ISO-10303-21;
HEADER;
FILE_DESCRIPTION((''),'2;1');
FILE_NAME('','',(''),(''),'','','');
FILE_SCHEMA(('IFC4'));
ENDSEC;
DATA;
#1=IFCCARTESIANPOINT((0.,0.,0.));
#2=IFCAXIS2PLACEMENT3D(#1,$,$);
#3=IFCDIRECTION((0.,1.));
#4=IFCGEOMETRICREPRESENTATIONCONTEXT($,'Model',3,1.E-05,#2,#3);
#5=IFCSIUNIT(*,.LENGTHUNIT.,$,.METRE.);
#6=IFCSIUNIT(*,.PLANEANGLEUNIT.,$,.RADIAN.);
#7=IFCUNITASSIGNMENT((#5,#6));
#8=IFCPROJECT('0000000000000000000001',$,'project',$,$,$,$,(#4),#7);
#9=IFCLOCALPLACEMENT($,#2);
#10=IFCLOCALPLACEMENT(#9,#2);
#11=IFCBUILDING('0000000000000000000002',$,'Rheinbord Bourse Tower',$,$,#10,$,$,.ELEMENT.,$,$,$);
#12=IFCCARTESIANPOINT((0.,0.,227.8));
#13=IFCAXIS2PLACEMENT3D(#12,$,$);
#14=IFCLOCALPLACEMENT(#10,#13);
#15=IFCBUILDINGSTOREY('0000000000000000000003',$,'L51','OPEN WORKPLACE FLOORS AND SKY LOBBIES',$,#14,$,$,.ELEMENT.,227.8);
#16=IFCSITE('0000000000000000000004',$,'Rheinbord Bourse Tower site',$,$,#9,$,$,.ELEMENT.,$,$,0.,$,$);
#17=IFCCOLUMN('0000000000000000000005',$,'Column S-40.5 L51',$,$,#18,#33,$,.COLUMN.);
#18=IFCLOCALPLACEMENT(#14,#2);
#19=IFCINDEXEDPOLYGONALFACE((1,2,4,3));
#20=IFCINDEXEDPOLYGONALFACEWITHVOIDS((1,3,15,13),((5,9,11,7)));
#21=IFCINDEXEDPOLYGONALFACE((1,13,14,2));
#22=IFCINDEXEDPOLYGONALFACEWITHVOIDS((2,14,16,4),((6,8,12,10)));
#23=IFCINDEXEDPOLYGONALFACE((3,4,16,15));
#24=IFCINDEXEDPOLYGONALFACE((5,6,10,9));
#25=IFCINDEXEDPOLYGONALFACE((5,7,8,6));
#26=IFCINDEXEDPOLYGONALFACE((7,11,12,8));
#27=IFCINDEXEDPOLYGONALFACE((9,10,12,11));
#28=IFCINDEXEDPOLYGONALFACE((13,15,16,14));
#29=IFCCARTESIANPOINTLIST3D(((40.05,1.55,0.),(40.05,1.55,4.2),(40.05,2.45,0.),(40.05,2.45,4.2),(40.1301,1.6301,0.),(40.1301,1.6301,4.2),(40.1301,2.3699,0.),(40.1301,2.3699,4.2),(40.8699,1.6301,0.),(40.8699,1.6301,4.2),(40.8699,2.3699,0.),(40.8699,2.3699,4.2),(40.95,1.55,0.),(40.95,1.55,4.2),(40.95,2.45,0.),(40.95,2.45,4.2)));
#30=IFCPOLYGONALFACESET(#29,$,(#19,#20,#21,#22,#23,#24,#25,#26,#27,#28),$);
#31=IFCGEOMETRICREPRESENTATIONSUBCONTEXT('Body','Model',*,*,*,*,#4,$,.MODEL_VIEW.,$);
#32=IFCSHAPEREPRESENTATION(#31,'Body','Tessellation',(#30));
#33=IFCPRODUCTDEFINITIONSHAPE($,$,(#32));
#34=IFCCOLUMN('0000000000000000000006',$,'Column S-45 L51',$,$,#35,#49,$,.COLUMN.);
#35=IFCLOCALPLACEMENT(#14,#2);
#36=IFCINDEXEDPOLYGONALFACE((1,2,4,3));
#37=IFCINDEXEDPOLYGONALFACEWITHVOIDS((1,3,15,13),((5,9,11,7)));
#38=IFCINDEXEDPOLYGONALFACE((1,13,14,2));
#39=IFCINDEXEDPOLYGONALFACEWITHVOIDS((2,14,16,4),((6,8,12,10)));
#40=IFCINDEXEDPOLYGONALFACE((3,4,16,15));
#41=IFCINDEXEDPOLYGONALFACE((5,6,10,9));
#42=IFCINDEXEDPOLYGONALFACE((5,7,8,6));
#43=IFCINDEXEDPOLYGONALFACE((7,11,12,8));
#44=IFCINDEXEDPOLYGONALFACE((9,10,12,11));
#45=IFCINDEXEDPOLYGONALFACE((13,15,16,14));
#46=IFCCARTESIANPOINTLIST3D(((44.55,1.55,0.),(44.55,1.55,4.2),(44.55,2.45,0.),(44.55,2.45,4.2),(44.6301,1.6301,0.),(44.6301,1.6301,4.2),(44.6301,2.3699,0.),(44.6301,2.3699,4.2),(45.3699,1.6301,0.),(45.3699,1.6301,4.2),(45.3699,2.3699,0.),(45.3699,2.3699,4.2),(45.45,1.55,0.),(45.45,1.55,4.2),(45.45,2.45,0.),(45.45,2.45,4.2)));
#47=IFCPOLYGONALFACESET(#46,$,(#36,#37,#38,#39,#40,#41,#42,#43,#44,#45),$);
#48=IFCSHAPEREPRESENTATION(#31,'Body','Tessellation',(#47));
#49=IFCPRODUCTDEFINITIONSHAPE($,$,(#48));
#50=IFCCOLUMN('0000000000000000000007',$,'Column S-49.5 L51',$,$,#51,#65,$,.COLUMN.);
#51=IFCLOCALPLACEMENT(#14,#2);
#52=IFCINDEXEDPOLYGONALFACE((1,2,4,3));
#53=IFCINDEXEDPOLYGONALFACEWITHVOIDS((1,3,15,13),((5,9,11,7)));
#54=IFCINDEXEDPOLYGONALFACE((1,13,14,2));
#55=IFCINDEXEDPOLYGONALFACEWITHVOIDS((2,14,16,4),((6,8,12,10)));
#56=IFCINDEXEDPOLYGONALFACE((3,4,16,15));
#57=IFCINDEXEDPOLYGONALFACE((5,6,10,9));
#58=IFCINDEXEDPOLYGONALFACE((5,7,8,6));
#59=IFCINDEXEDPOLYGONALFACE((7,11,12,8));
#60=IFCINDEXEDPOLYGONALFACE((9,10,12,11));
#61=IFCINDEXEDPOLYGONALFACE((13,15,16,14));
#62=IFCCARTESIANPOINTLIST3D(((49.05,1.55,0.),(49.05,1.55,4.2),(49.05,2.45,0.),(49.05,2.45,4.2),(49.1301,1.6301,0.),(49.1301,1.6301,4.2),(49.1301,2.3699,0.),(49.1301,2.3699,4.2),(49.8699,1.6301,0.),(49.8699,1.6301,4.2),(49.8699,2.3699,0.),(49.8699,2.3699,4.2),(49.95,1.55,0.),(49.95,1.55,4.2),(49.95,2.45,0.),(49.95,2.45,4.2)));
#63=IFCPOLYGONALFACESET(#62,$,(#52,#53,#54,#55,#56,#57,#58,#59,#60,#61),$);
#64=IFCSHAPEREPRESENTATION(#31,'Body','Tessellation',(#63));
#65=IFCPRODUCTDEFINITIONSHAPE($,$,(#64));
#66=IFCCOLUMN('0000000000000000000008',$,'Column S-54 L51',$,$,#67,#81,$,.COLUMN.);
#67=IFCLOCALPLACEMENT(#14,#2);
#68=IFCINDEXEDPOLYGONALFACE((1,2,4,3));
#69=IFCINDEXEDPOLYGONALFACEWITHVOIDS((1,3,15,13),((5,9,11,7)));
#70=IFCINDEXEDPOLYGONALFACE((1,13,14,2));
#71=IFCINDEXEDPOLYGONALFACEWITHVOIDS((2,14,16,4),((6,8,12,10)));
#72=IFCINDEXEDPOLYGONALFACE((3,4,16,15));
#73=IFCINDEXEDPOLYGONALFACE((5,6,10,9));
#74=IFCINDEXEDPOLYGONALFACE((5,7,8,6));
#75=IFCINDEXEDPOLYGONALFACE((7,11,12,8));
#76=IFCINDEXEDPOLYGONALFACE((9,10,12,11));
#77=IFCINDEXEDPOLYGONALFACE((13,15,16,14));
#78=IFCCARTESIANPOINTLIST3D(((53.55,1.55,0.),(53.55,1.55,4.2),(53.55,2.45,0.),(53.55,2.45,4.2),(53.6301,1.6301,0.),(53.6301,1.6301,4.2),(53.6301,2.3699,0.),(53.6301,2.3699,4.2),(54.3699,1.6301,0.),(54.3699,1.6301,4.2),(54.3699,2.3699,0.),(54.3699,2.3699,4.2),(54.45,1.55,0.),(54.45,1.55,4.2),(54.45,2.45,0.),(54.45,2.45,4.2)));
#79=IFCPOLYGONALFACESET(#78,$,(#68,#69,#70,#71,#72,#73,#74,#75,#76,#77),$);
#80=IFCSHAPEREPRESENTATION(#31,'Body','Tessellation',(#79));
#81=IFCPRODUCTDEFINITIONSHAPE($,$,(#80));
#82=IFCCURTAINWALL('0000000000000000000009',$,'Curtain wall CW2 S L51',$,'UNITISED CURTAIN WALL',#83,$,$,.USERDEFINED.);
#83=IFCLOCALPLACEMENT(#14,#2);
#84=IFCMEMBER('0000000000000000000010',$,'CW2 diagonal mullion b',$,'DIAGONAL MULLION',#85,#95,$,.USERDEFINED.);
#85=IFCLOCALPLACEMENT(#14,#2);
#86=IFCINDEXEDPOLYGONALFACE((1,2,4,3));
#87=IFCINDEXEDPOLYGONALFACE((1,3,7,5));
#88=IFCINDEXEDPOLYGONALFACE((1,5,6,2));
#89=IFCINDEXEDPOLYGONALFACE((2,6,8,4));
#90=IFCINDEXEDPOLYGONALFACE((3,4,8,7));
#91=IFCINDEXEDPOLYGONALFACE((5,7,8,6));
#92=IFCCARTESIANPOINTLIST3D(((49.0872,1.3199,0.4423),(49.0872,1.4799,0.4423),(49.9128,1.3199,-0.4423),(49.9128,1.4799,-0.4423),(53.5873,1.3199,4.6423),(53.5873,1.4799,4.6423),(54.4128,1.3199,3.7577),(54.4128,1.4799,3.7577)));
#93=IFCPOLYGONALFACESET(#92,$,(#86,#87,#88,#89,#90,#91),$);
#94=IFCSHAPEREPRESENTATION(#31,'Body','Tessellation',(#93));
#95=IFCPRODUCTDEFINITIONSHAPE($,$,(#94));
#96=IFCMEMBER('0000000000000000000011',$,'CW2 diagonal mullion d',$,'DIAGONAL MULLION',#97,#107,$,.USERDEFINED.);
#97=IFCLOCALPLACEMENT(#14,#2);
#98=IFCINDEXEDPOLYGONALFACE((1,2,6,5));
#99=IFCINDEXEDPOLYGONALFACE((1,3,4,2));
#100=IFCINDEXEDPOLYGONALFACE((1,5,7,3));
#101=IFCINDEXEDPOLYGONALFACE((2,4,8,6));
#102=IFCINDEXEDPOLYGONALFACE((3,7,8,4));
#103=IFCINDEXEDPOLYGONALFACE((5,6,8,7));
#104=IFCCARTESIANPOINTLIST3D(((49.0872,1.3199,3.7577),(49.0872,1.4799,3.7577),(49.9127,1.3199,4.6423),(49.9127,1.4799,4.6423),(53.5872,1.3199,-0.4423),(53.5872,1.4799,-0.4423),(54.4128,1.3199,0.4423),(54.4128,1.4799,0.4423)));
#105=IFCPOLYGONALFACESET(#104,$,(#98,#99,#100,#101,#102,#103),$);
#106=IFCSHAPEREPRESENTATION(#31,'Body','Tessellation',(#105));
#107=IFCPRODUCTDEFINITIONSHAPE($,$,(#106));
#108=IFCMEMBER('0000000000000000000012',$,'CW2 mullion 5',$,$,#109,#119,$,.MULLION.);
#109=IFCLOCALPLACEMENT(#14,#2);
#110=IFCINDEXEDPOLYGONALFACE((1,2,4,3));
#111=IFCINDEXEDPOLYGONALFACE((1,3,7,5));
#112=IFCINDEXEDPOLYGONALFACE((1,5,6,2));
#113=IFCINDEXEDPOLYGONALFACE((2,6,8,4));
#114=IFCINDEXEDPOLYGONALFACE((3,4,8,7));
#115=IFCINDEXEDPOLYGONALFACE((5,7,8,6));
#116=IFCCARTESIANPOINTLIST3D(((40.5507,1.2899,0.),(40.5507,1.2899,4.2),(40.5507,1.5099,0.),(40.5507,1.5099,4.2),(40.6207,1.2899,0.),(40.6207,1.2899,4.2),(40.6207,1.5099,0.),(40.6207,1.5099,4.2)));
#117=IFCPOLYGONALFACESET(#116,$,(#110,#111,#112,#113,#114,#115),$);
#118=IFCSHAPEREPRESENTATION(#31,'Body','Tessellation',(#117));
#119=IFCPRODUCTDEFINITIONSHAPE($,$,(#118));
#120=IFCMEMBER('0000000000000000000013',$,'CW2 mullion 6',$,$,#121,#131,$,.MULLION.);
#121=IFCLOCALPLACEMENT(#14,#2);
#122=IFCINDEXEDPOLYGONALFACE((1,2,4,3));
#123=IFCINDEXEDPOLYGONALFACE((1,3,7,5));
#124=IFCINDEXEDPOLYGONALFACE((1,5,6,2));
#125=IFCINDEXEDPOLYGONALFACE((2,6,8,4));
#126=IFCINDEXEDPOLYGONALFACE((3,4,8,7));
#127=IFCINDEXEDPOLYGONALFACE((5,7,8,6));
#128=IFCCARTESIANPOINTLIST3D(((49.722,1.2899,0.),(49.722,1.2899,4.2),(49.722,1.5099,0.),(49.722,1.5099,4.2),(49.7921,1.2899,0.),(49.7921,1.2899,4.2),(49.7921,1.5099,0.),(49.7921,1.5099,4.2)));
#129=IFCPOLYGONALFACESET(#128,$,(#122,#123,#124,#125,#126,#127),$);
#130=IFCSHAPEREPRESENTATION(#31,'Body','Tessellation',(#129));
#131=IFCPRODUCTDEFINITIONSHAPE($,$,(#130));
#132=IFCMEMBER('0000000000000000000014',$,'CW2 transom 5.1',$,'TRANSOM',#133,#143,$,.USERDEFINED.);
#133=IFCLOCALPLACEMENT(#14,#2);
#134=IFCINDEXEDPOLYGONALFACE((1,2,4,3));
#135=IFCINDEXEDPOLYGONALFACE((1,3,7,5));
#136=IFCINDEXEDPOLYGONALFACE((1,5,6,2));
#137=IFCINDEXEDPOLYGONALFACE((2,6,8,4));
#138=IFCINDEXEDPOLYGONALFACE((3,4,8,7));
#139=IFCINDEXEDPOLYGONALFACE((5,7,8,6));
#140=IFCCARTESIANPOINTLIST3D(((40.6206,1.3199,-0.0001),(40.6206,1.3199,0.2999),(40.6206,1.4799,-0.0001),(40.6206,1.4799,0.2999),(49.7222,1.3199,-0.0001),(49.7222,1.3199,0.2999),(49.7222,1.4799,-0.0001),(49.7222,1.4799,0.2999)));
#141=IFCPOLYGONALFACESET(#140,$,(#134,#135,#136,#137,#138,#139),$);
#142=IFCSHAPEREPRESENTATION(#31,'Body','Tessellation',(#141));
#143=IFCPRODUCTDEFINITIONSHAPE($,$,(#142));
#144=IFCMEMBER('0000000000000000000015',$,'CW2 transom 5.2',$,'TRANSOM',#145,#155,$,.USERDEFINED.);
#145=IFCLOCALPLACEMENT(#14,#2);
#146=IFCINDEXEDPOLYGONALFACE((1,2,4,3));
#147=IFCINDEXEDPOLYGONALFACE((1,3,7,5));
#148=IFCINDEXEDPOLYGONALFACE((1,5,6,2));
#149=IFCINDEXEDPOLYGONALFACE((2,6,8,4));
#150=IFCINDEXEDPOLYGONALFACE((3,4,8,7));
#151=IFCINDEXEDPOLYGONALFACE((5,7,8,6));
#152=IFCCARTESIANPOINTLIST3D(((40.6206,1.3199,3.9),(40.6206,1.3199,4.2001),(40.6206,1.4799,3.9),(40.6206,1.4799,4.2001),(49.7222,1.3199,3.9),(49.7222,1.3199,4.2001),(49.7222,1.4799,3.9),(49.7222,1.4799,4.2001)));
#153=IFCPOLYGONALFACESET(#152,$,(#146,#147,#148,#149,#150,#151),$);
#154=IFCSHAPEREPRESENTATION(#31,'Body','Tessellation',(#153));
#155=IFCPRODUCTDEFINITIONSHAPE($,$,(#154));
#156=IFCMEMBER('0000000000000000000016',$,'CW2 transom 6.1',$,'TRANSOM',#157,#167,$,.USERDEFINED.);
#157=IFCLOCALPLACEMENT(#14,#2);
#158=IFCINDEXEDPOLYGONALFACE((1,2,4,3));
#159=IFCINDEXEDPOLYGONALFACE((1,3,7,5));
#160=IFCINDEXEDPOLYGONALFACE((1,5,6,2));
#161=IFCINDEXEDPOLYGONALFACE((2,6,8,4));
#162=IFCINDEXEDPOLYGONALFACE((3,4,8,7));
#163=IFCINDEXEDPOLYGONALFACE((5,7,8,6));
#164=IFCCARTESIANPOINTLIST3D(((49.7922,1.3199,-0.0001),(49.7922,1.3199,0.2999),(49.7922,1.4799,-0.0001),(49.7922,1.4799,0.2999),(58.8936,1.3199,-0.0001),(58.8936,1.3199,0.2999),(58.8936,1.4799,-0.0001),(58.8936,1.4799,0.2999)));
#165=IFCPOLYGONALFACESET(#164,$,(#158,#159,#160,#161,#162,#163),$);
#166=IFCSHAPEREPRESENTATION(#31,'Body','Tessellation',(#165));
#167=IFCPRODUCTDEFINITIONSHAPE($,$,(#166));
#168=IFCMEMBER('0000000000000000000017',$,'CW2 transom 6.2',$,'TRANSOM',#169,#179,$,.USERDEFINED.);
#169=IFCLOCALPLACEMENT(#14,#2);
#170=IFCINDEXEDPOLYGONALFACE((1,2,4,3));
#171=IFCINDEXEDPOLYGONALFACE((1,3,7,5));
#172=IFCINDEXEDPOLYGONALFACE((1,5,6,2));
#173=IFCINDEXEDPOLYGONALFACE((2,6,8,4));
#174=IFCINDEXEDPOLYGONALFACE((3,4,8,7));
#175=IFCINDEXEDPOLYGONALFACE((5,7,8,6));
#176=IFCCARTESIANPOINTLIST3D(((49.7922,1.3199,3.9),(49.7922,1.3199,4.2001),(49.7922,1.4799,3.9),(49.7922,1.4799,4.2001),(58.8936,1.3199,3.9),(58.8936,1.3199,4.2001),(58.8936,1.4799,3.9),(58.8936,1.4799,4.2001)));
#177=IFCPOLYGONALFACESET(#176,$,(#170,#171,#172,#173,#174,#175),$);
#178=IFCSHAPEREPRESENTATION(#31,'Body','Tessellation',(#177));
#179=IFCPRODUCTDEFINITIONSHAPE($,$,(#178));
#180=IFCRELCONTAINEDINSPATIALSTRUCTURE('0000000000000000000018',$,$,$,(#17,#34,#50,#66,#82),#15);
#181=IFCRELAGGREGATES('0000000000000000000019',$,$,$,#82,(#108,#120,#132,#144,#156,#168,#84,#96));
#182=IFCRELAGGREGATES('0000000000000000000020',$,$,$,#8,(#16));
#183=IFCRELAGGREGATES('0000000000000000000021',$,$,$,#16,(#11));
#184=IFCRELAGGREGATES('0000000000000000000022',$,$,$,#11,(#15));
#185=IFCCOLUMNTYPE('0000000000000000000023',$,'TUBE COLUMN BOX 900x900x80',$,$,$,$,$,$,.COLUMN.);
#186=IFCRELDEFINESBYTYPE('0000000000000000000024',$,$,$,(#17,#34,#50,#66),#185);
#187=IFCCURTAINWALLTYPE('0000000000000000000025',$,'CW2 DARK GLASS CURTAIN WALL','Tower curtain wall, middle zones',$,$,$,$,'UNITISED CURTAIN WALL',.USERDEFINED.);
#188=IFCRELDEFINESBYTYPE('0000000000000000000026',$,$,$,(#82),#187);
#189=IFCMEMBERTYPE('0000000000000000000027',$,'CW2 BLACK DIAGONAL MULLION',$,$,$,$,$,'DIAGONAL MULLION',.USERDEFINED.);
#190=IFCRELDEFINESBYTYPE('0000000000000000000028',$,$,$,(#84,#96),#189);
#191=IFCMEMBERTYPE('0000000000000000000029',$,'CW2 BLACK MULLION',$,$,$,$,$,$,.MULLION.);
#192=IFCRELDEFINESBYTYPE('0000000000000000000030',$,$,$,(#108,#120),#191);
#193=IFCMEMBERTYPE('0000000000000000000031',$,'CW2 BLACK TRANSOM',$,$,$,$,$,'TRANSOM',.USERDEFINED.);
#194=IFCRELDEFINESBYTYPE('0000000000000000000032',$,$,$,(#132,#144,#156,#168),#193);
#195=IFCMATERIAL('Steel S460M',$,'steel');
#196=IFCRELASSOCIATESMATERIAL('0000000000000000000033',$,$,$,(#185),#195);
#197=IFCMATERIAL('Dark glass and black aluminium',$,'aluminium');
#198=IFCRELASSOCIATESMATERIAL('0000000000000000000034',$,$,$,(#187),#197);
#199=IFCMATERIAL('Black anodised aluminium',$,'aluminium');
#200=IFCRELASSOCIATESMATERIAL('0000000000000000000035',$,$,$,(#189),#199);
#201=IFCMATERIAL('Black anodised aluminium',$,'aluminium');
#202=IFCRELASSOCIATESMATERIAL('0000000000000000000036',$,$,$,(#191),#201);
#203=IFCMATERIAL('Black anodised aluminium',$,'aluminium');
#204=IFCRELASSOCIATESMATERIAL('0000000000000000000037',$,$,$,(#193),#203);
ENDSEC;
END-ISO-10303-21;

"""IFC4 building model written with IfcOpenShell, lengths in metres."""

from ifc_helpers import new_model, si_unit, direction, frame, origin, origin_2d, place, context, subcontext, project, spatial, rectangle, hollow_rectangle, extrude, material, material_profile, profile_set, type_object, element, aggregate, save


model = new_model("IFC4")

# Units and contexts
model_context = context("Model", 3, precision=1e-05, world=origin(), true_north=direction((0.0, 1.0)))
body_context = subcontext(model_context, "Body", "Model", "MODEL_VIEW")
ifc_project = project(units=[si_unit("LENGTHUNIT", "METRE"), si_unit("PLANEANGLEUNIT", "RADIAN")], contexts=[model_context])

# Site, building, storey
site_placement = place(None, origin())
site = spatial("IfcSite", under=ifc_project, at=site_placement, Name="Rheinbord Bourse Tower site", CompositionType="ELEMENT", RefElevation=0.0)
building_placement = place(site_placement, origin())
building = spatial("IfcBuilding", under=site, at=building_placement, Name="Rheinbord Bourse Tower", CompositionType="ELEMENT")
storey_placement = place(building_placement, frame((0.0, 0.0, 227.8)))
storey = spatial("IfcBuildingStorey", under=building, at=storey_placement, Name="L51", Description="OPEN WORKPLACE FLOORS AND SKY LOBBIES", CompositionType="ELEMENT", Elevation=227.8)

# Columns
ifc_material_1 = material(Name="Steel S460M", Category="steel")
ifc_material_profile_1 = material_profile(ifc_material_1, hollow_rectangle(XDim=0.8999, YDim=0.8999, WallThickness=0.0801, at=origin_2d()), Name="BOX 900x900x80")
ifc_profile_set_1 = profile_set([ifc_material_profile_1], Name="Steel S460M")
column_type = type_object("IfcColumnType", Name="TUBE COLUMN BOX 900x900x80", PredefinedType="COLUMN", material=ifc_profile_set_1)
for number, where, z_axis, x_axis, name in (
    (1, (40.5, 2.0, 0.0), (0.0, 0.0, 1.0), (0.0, 1.0, 0.0), "Column S-40.5 L51"),
    (2, (45.0, 2.0, 0.0), (0.0, 0.0, 1.0), (0.0, 1.0, 0.0), "Column S-45 L51"),
    (3, (49.5, 2.0, 0.0), (0.0, 0.0, 1.0), (0.0, 1.0, 0.0), "Column S-49.5 L51"),
    (4, (54.0, 2.0, 0.0), (0.0, 0.0, 1.0), (0.0, 1.0, 0.0), "Column S-54 L51"),
):
    element("IfcColumn", number, at=place(storey_placement, frame(where, z_axis=z_axis, x_axis=x_axis)), inside=storey, type_object=column_type, Name=name, PredefinedType="COLUMN", context=body_context, shape_type="SweptSolid", body=[
        extrude(hollow_rectangle(XDim=0.8999, YDim=0.8999, WallThickness=0.0801, at=origin_2d()), origin(), (0.0, 0.0, 1.0), 4.2),
    ])

# Curtain wall, members
ifc_material_2 = material(Name="Dark glass and black aluminium", Category="aluminium")
curtain_wall_type = type_object("IfcCurtainWallType", Name="CW2 DARK GLASS CURTAIN WALL", Description="Tower curtain wall, middle zones", ElementType="UNITISED CURTAIN WALL", PredefinedType="USERDEFINED", material=ifc_material_2)
curtain_wall_placement = place(storey_placement, origin())
curtain_wall = element("IfcCurtainWall", 5, at=curtain_wall_placement, inside=storey, type_object=curtain_wall_type, Name="Curtain wall CW2 S L51", ObjectType="UNITISED CURTAIN WALL", PredefinedType="USERDEFINED")
ifc_material_3 = material(Name="Black anodised aluminium", Category="aluminium")
ifc_material_profile_2 = material_profile(ifc_material_3, rectangle(XDim=0.1599, YDim=1.21, at=origin_2d()), Name="CW2 DIAGONAL MULLION 1210x160")
ifc_profile_set_2 = profile_set([ifc_material_profile_2], Name="Black anodised aluminium")
member_type_1 = type_object("IfcMemberType", Name="CW2 BLACK DIAGONAL MULLION", ElementType="DIAGONAL MULLION", PredefinedType="USERDEFINED", material=ifc_profile_set_2)
member_1_placement = place(storey_placement, frame((49.5, 1.3999, 0.0), z_axis=(0.731059, 0.0, 0.682314), x_axis=(0.0, 1.0, 0.0)))
member_1 = element("IfcMember", 6, at=member_1_placement, type_object=member_type_1, Name="CW2 diagonal mullion b", ObjectType="DIAGONAL MULLION", PredefinedType="USERDEFINED", context=body_context, shape_type="SweptSolid", body=[
    extrude(rectangle(XDim=0.1599, YDim=1.21, at=origin_2d()), origin(), (0.0, 0.0, 1.0), 6.1555),
])
member_2_placement = place(storey_placement, frame((54.0, 1.3999, 0.0), z_axis=(-0.731059, 0.0, 0.682314), x_axis=(0.0, -1.0, 0.0)))
member_2 = element("IfcMember", 7, at=member_2_placement, type_object=member_type_1, Name="CW2 diagonal mullion d", ObjectType="DIAGONAL MULLION", PredefinedType="USERDEFINED", context=body_context, shape_type="SweptSolid", body=[
    extrude(rectangle(XDim=0.1599, YDim=1.21, at=origin_2d()), origin(), (0.0, 0.0, 1.0), 6.1555),
])
ifc_material_4 = material(Name="Black anodised aluminium", Category="aluminium")
ifc_material_profile_3 = material_profile(ifc_material_4, rectangle(XDim=0.22, YDim=0.0701, at=origin_2d()), Name="CW2 MULLION 70x220")
ifc_profile_set_3 = profile_set([ifc_material_profile_3], Name="Black anodised aluminium")
member_type_2 = type_object("IfcMemberType", Name="CW2 BLACK MULLION", PredefinedType="MULLION", material=ifc_profile_set_3)
member_3_placement = place(storey_placement, frame((40.5857, 1.3999, 0.0), z_axis=(0.0, 0.0, 1.0), x_axis=(0.0, 1.0, 0.0)))
member_3 = element("IfcMember", 8, at=member_3_placement, type_object=member_type_2, Name="CW2 mullion 5", PredefinedType="MULLION", context=body_context, shape_type="SweptSolid", body=[
    extrude(rectangle(XDim=0.22, YDim=0.0701, at=origin_2d()), origin(), (0.0, 0.0, 1.0), 4.2),
])
member_4_placement = place(storey_placement, frame((49.7571, 1.3999, 0.0), z_axis=(0.0, 0.0, 1.0), x_axis=(0.0, 1.0, 0.0)))
member_4 = element("IfcMember", 9, at=member_4_placement, type_object=member_type_2, Name="CW2 mullion 6", PredefinedType="MULLION", context=body_context, shape_type="SweptSolid", body=[
    extrude(rectangle(XDim=0.22, YDim=0.0701, at=origin_2d()), origin(), (0.0, 0.0, 1.0), 4.2),
])
ifc_material_5 = material(Name="Black anodised aluminium", Category="aluminium")
ifc_material_profile_4 = material_profile(ifc_material_5, rectangle(XDim=0.1599, YDim=0.3, at=origin_2d()), Name="CW2 TRANSOM 300x160")
ifc_profile_set_4 = profile_set([ifc_material_profile_4], Name="Black anodised aluminium")
member_type_3 = type_object("IfcMemberType", Name="CW2 BLACK TRANSOM", ElementType="TRANSOM", PredefinedType="USERDEFINED", material=ifc_profile_set_4)
member_5_placement = place(storey_placement, frame((40.6206, 1.3999, 0.1499), z_axis=(1.0, 0.0, 0.0), x_axis=(0.0, 1.0, 0.0)))
member_5 = element("IfcMember", 10, at=member_5_placement, type_object=member_type_3, Name="CW2 transom 5.1", ObjectType="TRANSOM", PredefinedType="USERDEFINED", context=body_context, shape_type="SweptSolid", body=[
    extrude(rectangle(XDim=0.1599, YDim=0.3, at=origin_2d()), origin(), (0.0, 0.0, 1.0), 9.1016),
])
member_6_placement = place(storey_placement, frame((40.6206, 1.3999, 4.05), z_axis=(1.0, 0.0, 0.0), x_axis=(0.0, 1.0, 0.0)))
member_6 = element("IfcMember", 11, at=member_6_placement, type_object=member_type_3, Name="CW2 transom 5.2", ObjectType="TRANSOM", PredefinedType="USERDEFINED", context=body_context, shape_type="SweptSolid", body=[
    extrude(rectangle(XDim=0.1599, YDim=0.3, at=origin_2d()), origin(), (0.0, 0.0, 1.0), 9.1016),
])
member_7_placement = place(storey_placement, frame((49.7922, 1.3999, 0.1499), z_axis=(1.0, 0.0, 0.0), x_axis=(0.0, 1.0, 0.0)))
member_7 = element("IfcMember", 12, at=member_7_placement, type_object=member_type_3, Name="CW2 transom 6.1", ObjectType="TRANSOM", PredefinedType="USERDEFINED", context=body_context, shape_type="SweptSolid", body=[
    extrude(rectangle(XDim=0.1599, YDim=0.3, at=origin_2d()), origin(), (0.0, 0.0, 1.0), 9.1013),
])
member_8_placement = place(storey_placement, frame((49.7922, 1.3999, 4.05), z_axis=(1.0, 0.0, 0.0), x_axis=(0.0, 1.0, 0.0)))
member_8 = element("IfcMember", 13, at=member_8_placement, type_object=member_type_3, Name="CW2 transom 6.2", ObjectType="TRANSOM", PredefinedType="USERDEFINED", context=body_context, shape_type="SweptSolid", body=[
    extrude(rectangle(XDim=0.1599, YDim=0.3, at=origin_2d()), origin(), (0.0, 0.0, 1.0), 9.1013),
])

aggregate(curtain_wall, [member_3, member_4, member_5, member_6, member_7, member_8, member_1, member_2])

save(model, "model.ifc")
